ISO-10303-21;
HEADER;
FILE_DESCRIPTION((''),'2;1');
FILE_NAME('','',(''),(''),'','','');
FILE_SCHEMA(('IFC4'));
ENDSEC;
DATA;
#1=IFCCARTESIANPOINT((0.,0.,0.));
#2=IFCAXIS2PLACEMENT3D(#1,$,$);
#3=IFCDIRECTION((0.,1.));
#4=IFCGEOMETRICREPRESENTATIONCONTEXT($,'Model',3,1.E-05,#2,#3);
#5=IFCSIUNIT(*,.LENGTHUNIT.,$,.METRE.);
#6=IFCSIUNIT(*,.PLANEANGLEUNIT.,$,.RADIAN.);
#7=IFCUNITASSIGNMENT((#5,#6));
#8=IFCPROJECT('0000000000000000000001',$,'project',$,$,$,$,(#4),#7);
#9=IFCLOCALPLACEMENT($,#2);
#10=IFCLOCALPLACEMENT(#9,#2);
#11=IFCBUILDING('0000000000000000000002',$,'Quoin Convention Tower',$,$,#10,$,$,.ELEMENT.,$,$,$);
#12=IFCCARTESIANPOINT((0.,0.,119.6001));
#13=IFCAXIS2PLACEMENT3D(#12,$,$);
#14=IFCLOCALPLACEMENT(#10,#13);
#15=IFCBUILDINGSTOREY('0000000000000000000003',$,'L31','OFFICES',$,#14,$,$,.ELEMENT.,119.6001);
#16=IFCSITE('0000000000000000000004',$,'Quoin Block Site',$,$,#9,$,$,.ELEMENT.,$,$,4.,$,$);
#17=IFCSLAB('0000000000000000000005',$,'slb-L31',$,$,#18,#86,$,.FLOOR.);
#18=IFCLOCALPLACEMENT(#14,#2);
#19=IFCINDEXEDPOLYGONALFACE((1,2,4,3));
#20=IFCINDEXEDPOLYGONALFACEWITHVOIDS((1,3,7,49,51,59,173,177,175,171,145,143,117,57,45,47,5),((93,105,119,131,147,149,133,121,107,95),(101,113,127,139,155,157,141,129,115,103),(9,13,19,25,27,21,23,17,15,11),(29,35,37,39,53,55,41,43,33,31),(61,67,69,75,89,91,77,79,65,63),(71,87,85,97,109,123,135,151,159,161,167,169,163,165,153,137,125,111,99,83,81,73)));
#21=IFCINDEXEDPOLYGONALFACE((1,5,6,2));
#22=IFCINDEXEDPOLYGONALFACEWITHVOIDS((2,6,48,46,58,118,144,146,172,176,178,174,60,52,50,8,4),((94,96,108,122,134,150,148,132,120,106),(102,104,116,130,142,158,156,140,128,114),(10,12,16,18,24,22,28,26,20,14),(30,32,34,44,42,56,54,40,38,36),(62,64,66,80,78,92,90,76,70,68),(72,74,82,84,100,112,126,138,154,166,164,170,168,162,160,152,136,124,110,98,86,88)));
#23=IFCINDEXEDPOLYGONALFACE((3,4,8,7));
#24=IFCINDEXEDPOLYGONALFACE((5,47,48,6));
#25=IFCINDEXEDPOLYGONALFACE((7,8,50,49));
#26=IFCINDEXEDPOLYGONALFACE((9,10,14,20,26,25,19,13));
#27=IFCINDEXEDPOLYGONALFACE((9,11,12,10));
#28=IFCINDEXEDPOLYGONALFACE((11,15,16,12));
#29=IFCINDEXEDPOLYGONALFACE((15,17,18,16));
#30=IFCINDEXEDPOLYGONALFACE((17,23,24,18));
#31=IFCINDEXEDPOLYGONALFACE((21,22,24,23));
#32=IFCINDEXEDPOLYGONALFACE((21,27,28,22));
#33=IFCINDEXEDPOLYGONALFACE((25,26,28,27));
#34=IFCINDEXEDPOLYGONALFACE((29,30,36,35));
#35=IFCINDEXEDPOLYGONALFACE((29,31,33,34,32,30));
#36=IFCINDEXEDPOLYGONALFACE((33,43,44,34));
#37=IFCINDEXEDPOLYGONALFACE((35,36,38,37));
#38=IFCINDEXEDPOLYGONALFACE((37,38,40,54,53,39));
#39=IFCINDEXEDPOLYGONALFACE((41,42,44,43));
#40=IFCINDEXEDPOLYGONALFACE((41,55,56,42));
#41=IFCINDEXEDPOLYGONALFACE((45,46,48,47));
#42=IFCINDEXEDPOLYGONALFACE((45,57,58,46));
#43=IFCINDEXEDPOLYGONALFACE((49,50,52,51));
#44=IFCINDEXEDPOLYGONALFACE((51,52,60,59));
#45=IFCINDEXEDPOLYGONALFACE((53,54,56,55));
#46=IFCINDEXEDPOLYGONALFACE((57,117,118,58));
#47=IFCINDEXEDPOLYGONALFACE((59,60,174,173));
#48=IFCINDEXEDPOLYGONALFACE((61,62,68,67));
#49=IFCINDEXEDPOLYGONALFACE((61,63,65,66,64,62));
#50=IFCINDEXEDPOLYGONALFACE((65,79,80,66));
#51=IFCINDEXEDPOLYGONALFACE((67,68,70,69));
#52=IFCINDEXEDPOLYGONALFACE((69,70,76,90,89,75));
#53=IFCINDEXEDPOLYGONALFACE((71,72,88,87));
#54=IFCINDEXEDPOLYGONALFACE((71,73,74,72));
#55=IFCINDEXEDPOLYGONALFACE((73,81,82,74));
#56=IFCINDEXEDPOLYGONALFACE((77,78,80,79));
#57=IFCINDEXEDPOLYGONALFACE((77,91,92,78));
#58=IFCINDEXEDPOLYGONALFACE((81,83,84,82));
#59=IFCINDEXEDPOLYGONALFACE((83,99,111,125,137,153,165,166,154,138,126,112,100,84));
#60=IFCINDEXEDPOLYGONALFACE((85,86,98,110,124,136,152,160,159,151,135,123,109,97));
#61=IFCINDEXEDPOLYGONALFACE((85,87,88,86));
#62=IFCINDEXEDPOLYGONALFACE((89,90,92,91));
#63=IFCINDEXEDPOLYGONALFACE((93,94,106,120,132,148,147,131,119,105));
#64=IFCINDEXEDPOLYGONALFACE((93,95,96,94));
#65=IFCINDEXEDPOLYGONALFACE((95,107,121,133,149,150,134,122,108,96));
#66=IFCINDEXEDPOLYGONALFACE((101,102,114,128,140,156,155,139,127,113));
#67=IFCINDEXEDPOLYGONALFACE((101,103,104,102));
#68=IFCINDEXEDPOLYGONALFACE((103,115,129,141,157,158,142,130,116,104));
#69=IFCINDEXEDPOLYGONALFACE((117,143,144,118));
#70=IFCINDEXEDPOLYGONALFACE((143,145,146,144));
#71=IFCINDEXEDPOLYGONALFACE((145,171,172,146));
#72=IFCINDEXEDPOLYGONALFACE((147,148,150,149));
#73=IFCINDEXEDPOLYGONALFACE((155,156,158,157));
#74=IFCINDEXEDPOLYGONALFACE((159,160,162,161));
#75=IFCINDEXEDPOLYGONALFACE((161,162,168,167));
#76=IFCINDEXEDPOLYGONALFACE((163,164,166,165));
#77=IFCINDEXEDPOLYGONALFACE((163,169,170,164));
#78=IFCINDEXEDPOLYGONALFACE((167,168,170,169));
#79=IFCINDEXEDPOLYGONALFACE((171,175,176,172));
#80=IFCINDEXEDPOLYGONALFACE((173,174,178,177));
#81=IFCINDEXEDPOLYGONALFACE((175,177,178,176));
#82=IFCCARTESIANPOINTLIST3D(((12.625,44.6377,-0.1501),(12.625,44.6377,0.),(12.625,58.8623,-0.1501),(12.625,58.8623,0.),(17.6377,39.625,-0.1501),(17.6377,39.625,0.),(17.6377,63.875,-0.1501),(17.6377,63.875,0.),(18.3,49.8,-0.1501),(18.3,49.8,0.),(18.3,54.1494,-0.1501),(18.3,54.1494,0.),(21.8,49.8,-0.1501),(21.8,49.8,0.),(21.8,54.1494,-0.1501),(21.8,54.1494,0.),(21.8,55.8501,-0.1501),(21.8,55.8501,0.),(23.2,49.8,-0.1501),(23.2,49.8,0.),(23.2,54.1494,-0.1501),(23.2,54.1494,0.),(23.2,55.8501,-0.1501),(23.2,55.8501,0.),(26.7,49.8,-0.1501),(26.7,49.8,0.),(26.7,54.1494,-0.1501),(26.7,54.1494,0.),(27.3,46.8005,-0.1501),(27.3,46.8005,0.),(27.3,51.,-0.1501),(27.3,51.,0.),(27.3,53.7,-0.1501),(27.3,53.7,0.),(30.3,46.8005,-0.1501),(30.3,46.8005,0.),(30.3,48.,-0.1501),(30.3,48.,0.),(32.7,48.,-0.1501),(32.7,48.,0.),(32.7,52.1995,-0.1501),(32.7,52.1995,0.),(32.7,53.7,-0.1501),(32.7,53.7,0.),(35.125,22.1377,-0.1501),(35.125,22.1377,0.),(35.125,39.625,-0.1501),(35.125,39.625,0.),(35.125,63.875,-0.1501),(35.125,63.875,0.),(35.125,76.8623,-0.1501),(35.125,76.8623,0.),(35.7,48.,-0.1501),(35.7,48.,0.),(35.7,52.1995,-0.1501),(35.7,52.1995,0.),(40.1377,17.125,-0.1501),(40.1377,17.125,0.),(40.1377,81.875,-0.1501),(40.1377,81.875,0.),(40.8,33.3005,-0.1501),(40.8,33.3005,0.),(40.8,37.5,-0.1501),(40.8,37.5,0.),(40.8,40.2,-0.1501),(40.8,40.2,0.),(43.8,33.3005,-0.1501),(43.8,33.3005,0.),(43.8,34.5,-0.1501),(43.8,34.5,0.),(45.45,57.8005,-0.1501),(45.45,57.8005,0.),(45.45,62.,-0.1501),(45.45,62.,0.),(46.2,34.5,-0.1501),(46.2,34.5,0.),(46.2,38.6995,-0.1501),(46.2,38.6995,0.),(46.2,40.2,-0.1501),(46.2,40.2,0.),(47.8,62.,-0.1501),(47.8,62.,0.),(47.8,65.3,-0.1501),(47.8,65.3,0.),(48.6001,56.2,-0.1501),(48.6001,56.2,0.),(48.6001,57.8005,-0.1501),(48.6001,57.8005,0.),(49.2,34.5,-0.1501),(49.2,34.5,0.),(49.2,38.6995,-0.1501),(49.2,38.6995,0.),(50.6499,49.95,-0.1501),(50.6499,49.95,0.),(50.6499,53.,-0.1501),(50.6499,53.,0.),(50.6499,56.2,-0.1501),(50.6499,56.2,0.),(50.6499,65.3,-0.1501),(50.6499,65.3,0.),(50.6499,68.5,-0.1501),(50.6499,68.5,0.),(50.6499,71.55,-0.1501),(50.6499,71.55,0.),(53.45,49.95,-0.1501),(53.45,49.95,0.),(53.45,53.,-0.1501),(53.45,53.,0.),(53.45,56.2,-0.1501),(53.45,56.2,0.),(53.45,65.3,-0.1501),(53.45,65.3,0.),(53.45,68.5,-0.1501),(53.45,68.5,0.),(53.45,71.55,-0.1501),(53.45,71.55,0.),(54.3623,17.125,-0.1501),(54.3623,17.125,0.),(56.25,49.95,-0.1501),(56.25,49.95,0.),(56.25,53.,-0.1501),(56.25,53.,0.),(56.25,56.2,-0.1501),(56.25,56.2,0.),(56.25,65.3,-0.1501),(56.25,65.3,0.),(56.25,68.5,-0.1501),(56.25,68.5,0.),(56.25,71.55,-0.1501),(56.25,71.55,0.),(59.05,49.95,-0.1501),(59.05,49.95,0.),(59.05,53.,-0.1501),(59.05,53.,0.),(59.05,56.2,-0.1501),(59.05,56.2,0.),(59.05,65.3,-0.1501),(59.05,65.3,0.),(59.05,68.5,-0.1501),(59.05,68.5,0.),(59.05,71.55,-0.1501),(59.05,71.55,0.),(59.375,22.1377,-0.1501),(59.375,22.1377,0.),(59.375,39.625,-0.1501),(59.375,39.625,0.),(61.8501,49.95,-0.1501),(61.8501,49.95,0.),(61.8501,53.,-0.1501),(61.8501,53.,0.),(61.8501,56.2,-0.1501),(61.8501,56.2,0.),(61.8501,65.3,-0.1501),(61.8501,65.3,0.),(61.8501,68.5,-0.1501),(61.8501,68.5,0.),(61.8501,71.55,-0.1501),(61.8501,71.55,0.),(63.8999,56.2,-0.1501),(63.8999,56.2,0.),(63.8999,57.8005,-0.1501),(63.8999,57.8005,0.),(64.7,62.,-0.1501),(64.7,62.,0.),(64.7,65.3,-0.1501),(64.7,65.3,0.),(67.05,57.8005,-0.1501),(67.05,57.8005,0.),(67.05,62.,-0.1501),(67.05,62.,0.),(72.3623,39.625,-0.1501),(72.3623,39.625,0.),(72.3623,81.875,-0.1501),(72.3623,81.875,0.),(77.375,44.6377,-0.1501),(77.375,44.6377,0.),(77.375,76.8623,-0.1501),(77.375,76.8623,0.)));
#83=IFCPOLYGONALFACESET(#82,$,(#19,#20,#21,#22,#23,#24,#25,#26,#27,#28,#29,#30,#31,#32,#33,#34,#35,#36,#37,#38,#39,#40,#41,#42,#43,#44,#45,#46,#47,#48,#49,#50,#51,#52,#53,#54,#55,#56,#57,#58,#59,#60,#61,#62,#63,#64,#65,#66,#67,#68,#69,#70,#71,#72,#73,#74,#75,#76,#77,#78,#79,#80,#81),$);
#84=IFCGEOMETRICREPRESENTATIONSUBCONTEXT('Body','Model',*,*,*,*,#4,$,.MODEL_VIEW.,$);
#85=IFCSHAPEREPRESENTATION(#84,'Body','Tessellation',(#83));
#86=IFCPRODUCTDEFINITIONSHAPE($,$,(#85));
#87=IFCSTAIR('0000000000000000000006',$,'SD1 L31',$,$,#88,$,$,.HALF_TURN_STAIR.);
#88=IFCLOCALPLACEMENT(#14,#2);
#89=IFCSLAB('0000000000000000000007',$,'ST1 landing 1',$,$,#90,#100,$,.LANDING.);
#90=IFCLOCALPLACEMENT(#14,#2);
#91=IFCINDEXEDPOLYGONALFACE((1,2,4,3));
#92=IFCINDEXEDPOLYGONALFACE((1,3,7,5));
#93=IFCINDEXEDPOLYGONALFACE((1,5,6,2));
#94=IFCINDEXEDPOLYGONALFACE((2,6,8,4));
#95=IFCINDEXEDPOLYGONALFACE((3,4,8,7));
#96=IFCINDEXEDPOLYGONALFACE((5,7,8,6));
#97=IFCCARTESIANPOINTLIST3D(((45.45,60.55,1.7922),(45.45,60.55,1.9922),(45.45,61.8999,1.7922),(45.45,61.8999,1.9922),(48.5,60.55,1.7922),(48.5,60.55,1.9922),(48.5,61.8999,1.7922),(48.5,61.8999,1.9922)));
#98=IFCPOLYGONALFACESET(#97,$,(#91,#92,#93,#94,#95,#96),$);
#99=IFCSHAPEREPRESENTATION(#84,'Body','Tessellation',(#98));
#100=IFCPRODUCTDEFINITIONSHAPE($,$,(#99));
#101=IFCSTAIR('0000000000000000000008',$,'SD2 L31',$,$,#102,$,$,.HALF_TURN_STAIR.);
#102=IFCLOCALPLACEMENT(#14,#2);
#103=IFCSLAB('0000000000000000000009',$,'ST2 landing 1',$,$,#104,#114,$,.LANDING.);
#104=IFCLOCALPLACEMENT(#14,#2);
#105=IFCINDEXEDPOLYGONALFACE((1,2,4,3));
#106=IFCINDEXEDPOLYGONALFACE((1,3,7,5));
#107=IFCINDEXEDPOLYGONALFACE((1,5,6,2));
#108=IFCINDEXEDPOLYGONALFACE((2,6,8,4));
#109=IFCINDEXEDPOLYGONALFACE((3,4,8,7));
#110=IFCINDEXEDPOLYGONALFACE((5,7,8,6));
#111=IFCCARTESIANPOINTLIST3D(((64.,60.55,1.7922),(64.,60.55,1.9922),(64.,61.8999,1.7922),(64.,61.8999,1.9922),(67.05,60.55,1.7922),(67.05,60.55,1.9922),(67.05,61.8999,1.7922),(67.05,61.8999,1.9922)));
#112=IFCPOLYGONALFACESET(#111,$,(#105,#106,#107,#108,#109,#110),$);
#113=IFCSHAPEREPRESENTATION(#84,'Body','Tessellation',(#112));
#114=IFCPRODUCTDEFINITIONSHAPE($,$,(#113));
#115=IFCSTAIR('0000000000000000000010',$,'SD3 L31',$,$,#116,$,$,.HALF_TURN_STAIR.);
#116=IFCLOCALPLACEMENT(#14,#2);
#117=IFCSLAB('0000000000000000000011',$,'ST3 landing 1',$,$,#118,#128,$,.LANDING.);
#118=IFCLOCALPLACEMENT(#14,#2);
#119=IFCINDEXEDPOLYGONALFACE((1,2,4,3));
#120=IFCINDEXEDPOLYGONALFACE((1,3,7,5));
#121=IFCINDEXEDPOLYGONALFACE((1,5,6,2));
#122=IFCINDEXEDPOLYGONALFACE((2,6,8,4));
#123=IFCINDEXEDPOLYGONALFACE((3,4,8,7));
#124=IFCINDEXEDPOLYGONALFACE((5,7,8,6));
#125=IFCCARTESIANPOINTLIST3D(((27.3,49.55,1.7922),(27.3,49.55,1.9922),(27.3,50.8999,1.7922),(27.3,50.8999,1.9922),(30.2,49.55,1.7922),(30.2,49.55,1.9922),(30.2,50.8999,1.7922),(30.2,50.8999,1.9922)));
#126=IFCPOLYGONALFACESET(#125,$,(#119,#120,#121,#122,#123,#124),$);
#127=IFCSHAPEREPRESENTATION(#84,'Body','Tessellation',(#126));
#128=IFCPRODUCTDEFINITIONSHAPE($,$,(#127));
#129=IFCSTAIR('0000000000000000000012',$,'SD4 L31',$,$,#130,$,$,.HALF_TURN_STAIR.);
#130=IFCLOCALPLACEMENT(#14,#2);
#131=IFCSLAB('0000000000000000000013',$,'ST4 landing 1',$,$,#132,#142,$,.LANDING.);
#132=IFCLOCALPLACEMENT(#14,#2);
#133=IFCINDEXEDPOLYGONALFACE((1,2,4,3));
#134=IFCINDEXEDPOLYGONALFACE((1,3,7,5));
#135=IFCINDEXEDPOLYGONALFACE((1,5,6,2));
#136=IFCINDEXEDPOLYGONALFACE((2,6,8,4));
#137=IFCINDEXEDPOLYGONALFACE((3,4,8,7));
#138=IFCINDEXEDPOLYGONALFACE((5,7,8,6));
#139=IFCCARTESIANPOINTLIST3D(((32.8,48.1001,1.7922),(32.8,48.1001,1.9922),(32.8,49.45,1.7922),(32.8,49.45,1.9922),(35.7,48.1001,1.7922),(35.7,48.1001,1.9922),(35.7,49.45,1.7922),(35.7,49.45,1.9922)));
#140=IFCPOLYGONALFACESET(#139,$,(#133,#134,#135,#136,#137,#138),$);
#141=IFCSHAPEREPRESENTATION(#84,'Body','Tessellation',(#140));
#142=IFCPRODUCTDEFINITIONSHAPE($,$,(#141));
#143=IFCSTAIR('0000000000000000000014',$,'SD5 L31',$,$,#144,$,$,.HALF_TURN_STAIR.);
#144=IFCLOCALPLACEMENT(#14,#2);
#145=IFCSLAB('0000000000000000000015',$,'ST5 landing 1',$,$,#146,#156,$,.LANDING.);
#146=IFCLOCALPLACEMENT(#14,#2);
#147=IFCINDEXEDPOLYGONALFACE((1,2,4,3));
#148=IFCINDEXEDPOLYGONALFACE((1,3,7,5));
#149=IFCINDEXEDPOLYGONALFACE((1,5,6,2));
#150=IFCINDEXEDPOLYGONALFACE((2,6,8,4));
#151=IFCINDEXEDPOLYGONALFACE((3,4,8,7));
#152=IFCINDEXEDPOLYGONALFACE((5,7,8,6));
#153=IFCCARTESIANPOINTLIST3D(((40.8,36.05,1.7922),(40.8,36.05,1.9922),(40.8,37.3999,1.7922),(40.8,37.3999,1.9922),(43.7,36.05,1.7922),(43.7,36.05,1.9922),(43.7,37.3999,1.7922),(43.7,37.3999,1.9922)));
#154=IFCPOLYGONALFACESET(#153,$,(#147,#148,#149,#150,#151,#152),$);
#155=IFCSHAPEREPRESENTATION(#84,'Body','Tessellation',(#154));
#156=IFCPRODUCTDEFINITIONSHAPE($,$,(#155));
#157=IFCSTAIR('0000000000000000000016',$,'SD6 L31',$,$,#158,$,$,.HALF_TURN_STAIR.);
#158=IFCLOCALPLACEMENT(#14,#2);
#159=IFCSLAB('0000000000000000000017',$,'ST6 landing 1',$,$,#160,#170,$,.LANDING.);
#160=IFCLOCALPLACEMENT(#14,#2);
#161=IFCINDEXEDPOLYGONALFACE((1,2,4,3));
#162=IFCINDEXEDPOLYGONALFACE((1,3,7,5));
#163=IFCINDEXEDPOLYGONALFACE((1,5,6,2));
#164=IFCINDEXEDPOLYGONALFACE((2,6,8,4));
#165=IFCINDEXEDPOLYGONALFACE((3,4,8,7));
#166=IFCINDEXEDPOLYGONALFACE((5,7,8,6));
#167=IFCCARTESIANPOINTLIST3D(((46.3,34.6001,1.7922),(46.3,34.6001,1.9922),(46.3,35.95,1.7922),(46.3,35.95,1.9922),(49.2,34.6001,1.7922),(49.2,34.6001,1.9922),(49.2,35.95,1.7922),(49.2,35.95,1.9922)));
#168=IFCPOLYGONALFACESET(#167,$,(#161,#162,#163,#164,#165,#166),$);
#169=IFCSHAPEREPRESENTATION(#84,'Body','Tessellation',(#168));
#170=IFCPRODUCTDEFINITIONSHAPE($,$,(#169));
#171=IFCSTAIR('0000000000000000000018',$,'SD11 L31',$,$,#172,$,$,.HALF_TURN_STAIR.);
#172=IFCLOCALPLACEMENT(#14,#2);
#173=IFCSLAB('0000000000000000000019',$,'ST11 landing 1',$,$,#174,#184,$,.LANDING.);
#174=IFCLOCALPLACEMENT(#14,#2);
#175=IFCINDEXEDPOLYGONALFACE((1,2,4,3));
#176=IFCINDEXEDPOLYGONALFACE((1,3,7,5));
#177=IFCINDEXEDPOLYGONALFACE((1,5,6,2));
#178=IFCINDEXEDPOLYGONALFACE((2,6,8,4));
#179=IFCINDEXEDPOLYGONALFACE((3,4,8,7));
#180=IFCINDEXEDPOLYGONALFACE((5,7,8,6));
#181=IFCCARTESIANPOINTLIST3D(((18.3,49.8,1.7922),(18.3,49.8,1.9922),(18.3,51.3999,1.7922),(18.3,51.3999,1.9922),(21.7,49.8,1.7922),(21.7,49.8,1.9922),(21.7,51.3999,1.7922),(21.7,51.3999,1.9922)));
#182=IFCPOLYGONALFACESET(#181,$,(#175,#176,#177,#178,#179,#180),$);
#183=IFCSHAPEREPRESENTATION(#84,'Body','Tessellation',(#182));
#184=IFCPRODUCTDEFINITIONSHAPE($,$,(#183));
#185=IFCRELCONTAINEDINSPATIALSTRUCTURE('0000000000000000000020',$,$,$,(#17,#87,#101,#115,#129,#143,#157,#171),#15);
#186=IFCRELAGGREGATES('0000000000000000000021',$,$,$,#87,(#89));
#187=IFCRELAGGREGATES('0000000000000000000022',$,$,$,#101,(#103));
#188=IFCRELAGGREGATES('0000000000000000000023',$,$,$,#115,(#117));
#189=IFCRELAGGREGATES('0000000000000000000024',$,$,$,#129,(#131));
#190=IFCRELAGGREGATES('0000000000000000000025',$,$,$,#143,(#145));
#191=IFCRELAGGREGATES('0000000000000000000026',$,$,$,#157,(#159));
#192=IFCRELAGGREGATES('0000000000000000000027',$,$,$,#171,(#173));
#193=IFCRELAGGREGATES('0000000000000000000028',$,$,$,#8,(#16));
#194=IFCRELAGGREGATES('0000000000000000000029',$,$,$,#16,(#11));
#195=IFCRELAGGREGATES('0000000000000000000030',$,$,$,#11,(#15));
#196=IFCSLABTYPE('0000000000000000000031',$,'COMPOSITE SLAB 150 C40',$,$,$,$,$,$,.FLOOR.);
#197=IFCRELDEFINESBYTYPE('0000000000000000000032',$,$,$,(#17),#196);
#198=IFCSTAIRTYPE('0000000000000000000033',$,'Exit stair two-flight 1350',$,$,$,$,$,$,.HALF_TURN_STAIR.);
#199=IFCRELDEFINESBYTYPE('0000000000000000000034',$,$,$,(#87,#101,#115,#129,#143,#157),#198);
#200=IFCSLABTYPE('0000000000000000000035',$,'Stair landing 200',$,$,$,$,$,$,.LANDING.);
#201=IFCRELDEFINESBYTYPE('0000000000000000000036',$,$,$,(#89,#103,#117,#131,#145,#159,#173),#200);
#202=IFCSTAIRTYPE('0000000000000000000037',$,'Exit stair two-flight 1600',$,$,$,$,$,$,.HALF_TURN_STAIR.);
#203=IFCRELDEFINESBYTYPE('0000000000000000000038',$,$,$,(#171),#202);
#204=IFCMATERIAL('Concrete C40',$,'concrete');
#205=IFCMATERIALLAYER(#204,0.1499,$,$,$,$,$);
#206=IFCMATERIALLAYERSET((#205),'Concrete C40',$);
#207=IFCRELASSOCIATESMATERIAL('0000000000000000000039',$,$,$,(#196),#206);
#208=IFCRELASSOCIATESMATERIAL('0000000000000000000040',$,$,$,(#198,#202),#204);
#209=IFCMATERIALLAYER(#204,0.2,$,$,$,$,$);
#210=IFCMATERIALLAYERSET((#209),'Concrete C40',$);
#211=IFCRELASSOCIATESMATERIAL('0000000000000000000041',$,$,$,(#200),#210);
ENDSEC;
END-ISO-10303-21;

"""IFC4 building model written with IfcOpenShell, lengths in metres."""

from ifc_helpers import new_model, si_unit, direction, frame, origin, place, context, subcontext, project, spatial, polyline, outline, extrude, material, layer, layer_set, type_object, element, aggregate, save


model = new_model("IFC4")

# Units and contexts
model_context = context("Model", 3, precision=1e-05, world=origin(), true_north=direction((0.0, 1.0)))
body_context = subcontext(model_context, "Body", "Model", "MODEL_VIEW")
ifc_project = project(units=[si_unit("LENGTHUNIT", "METRE"), si_unit("PLANEANGLEUNIT", "RADIAN")], contexts=[model_context])

# Site, building, storey
site_placement = place(None, origin())
site = spatial("IfcSite", under=ifc_project, at=site_placement, Name="Quoin Block Site", CompositionType="ELEMENT", RefElevation=4.0)
building_placement = place(site_placement, origin())
building = spatial("IfcBuilding", under=site, at=building_placement, Name="Quoin Convention Tower", CompositionType="ELEMENT")
storey_placement = place(building_placement, frame((0.0, 0.0, 119.6001)))
storey = spatial("IfcBuildingStorey", under=building, at=storey_placement, Name="L31", Description="OFFICES", CompositionType="ELEMENT", Elevation=119.6001)

# Slab
ifc_material_1 = material(Name="Concrete C40", Category="concrete")
ifc_layer_1 = layer(ifc_material_1, 0.1499)
ifc_layer_set_1 = layer_set([ifc_layer_1], Name="Concrete C40")
slab_type_1 = type_object("IfcSlabType", Name="COMPOSITE SLAB 150 C40", PredefinedType="FLOOR", material=ifc_layer_set_1)
slab_1_placement = place(storey_placement, frame((0.0, 0.0, -0.1501)))
element("IfcSlab", 1, at=slab_1_placement, inside=storey, type_object=slab_type_1, Name="slb-L31", PredefinedType="FLOOR", context=body_context, shape_type="SweptSolid", body=[
    extrude(outline(polyline([(59.375, 22.1377), (54.3623, 17.125), (40.1377, 17.125), (35.125, 22.1377), (35.125, 39.625), (17.6377, 39.625), (12.625, 44.6377), (12.625, 58.8623), (17.6377, 63.875), (35.125, 63.875), (35.125, 76.8623), (40.1377, 81.875), (72.3623, 81.875), (77.375, 76.8623), (77.375, 44.6377), (72.3623, 39.625), (59.375, 39.625), (59.375, 22.1377)]), holes=[polyline([(40.8, 40.2), (40.8, 37.5), (40.8, 33.3005), (43.8, 33.3005), (43.8, 34.5), (46.2, 34.5), (49.2, 34.5), (49.2, 38.6995), (46.2, 38.6995), (46.2, 40.2), (40.8, 40.2)]), polyline([(35.7, 52.1995), (32.7, 52.1995), (32.7, 53.7), (27.3, 53.7), (27.3, 51.0), (27.3, 46.8005), (30.3, 46.8005), (30.3, 48.0), (32.7, 48.0), (35.7, 48.0), (35.7, 52.1995)]), polyline([(53.45, 49.95), (56.25, 49.95), (59.05, 49.95), (61.8501, 49.95), (61.8501, 53.0), (59.05, 53.0), (56.25, 53.0), (53.45, 53.0), (50.6499, 53.0), (50.6499, 49.95), (53.45, 49.95)]), polyline([(21.8, 55.8501), (21.8, 54.1494), (18.3, 54.1494), (18.3, 49.8), (21.8, 49.8), (23.2, 49.8), (26.7, 49.8), (26.7, 54.1494), (23.2, 54.1494), (23.2, 55.8501), (21.8, 55.8501)]), polyline([(48.6001, 57.8005), (48.6001, 56.2), (50.6499, 56.2), (53.45, 56.2), (56.25, 56.2), (59.05, 56.2), (61.8501, 56.2), (63.8999, 56.2), (63.8999, 57.8005), (67.05, 57.8005), (67.05, 62.0), (64.7, 62.0), (64.7, 65.3), (61.8501, 65.3), (59.05, 65.3), (56.25, 65.3), (53.45, 65.3), (50.6499, 65.3), (47.8, 65.3), (47.8, 62.0), (45.45, 62.0), (45.45, 57.8005), (48.6001, 57.8005)]), polyline([(50.6499, 68.5), (53.45, 68.5), (56.25, 68.5), (59.05, 68.5), (61.8501, 68.5), (61.8501, 71.55), (59.05, 71.55), (56.25, 71.55), (53.45, 71.55), (50.6499, 71.55), (50.6499, 68.5)])]), origin(), (0.0, 0.0, 1.0), 0.1501),
])

# Stairs, slabs
stair_type_1 = type_object("IfcStairType", Name="Exit stair two-flight 1350", PredefinedType="HALF_TURN_STAIR", material=ifc_material_1)
stair_1_placement = place(storey_placement, origin())
stair_1 = element("IfcStair", 2, at=stair_1_placement, inside=storey, type_object=stair_type_1, Name="SD1 L31", PredefinedType="HALF_TURN_STAIR")
ifc_layer_2 = layer(ifc_material_1, 0.2)
ifc_layer_set_2 = layer_set([ifc_layer_2], Name="Concrete C40")
slab_type_2 = type_object("IfcSlabType", Name="Stair landing 200", PredefinedType="LANDING", material=ifc_layer_set_2)
slab_2_placement = place(storey_placement, frame((0.0, 0.0, 1.7922)))
slab_2 = element("IfcSlab", 3, at=slab_2_placement, type_object=slab_type_2, Name="ST1 landing 1", PredefinedType="LANDING", context=body_context, shape_type="SweptSolid", body=[
    extrude(outline(polyline([(45.45, 60.55), (48.5, 60.55), (48.5, 61.8999), (45.45, 61.8999), (45.45, 60.55)])), origin(), (0.0, 0.0, 1.0), 0.2),
])
aggregate(stair_1, [slab_2])
stair_2_placement = place(storey_placement, origin())
stair_2 = element("IfcStair", 4, at=stair_2_placement, inside=storey, type_object=stair_type_1, Name="SD2 L31", PredefinedType="HALF_TURN_STAIR")
slab_3_placement = place(storey_placement, frame((0.0, 0.0, 1.7922)))
slab_3 = element("IfcSlab", 5, at=slab_3_placement, type_object=slab_type_2, Name="ST2 landing 1", PredefinedType="LANDING", context=body_context, shape_type="SweptSolid", body=[
    extrude(outline(polyline([(64.0, 60.55), (67.05, 60.55), (67.05, 61.8999), (64.0, 61.8999), (64.0, 60.55)])), origin(), (0.0, 0.0, 1.0), 0.2),
])
aggregate(stair_2, [slab_3])
stair_3_placement = place(storey_placement, origin())
stair_3 = element("IfcStair", 6, at=stair_3_placement, inside=storey, type_object=stair_type_1, Name="SD3 L31", PredefinedType="HALF_TURN_STAIR")
slab_4_placement = place(storey_placement, frame((0.0, 0.0, 1.7922)))
slab_4 = element("IfcSlab", 7, at=slab_4_placement, type_object=slab_type_2, Name="ST3 landing 1", PredefinedType="LANDING", context=body_context, shape_type="SweptSolid", body=[
    extrude(outline(polyline([(27.3, 49.55), (30.2, 49.55), (30.2, 50.8999), (27.3, 50.8999), (27.3, 49.55)])), origin(), (0.0, 0.0, 1.0), 0.2),
])
aggregate(stair_3, [slab_4])
stair_4_placement = place(storey_placement, origin())
stair_4 = element("IfcStair", 8, at=stair_4_placement, inside=storey, type_object=stair_type_1, Name="SD4 L31", PredefinedType="HALF_TURN_STAIR")
slab_5_placement = place(storey_placement, frame((0.0, 0.0, 1.7922)))
slab_5 = element("IfcSlab", 9, at=slab_5_placement, type_object=slab_type_2, Name="ST4 landing 1", PredefinedType="LANDING", context=body_context, shape_type="SweptSolid", body=[
    extrude(outline(polyline([(35.7, 49.45), (32.8, 49.45), (32.8, 48.1001), (35.7, 48.1001), (35.7, 49.45)])), origin(), (0.0, 0.0, 1.0), 0.2),
])
aggregate(stair_4, [slab_5])
stair_5_placement = place(storey_placement, origin())
stair_5 = element("IfcStair", 10, at=stair_5_placement, inside=storey, type_object=stair_type_1, Name="SD5 L31", PredefinedType="HALF_TURN_STAIR")
slab_6_placement = place(storey_placement, frame((0.0, 0.0, 1.7922)))
slab_6 = element("IfcSlab", 11, at=slab_6_placement, type_object=slab_type_2, Name="ST5 landing 1", PredefinedType="LANDING", context=body_context, shape_type="SweptSolid", body=[
    extrude(outline(polyline([(40.8, 36.05), (43.7, 36.05), (43.7, 37.3999), (40.8, 37.3999), (40.8, 36.05)])), origin(), (0.0, 0.0, 1.0), 0.2),
])
aggregate(stair_5, [slab_6])
stair_6_placement = place(storey_placement, origin())
stair_6 = element("IfcStair", 12, at=stair_6_placement, inside=storey, type_object=stair_type_1, Name="SD6 L31", PredefinedType="HALF_TURN_STAIR")
slab_7_placement = place(storey_placement, frame((0.0, 0.0, 1.7922)))
slab_7 = element("IfcSlab", 13, at=slab_7_placement, type_object=slab_type_2, Name="ST6 landing 1", PredefinedType="LANDING", context=body_context, shape_type="SweptSolid", body=[
    extrude(outline(polyline([(49.2, 35.95), (46.3, 35.95), (46.3, 34.6001), (49.2, 34.6001), (49.2, 35.95)])), origin(), (0.0, 0.0, 1.0), 0.2),
])
aggregate(stair_6, [slab_7])
stair_type_2 = type_object("IfcStairType", Name="Exit stair two-flight 1600", PredefinedType="HALF_TURN_STAIR", material=ifc_material_1)
stair_7_placement = place(storey_placement, origin())
stair_7 = element("IfcStair", 14, at=stair_7_placement, inside=storey, type_object=stair_type_2, Name="SD11 L31", PredefinedType="HALF_TURN_STAIR")
slab_8_placement = place(storey_placement, frame((0.0, 0.0, 1.7922)))
slab_8 = element("IfcSlab", 15, at=slab_8_placement, type_object=slab_type_2, Name="ST11 landing 1", PredefinedType="LANDING", context=body_context, shape_type="SweptSolid", body=[
    extrude(outline(polyline([(21.7, 51.3999), (18.3, 51.3999), (18.3, 49.8), (21.7, 49.8), (21.7, 51.3999)])), origin(), (0.0, 0.0, 1.0), 0.2),
])
aggregate(stair_7, [slab_8])

save(model, "model.ifc")
